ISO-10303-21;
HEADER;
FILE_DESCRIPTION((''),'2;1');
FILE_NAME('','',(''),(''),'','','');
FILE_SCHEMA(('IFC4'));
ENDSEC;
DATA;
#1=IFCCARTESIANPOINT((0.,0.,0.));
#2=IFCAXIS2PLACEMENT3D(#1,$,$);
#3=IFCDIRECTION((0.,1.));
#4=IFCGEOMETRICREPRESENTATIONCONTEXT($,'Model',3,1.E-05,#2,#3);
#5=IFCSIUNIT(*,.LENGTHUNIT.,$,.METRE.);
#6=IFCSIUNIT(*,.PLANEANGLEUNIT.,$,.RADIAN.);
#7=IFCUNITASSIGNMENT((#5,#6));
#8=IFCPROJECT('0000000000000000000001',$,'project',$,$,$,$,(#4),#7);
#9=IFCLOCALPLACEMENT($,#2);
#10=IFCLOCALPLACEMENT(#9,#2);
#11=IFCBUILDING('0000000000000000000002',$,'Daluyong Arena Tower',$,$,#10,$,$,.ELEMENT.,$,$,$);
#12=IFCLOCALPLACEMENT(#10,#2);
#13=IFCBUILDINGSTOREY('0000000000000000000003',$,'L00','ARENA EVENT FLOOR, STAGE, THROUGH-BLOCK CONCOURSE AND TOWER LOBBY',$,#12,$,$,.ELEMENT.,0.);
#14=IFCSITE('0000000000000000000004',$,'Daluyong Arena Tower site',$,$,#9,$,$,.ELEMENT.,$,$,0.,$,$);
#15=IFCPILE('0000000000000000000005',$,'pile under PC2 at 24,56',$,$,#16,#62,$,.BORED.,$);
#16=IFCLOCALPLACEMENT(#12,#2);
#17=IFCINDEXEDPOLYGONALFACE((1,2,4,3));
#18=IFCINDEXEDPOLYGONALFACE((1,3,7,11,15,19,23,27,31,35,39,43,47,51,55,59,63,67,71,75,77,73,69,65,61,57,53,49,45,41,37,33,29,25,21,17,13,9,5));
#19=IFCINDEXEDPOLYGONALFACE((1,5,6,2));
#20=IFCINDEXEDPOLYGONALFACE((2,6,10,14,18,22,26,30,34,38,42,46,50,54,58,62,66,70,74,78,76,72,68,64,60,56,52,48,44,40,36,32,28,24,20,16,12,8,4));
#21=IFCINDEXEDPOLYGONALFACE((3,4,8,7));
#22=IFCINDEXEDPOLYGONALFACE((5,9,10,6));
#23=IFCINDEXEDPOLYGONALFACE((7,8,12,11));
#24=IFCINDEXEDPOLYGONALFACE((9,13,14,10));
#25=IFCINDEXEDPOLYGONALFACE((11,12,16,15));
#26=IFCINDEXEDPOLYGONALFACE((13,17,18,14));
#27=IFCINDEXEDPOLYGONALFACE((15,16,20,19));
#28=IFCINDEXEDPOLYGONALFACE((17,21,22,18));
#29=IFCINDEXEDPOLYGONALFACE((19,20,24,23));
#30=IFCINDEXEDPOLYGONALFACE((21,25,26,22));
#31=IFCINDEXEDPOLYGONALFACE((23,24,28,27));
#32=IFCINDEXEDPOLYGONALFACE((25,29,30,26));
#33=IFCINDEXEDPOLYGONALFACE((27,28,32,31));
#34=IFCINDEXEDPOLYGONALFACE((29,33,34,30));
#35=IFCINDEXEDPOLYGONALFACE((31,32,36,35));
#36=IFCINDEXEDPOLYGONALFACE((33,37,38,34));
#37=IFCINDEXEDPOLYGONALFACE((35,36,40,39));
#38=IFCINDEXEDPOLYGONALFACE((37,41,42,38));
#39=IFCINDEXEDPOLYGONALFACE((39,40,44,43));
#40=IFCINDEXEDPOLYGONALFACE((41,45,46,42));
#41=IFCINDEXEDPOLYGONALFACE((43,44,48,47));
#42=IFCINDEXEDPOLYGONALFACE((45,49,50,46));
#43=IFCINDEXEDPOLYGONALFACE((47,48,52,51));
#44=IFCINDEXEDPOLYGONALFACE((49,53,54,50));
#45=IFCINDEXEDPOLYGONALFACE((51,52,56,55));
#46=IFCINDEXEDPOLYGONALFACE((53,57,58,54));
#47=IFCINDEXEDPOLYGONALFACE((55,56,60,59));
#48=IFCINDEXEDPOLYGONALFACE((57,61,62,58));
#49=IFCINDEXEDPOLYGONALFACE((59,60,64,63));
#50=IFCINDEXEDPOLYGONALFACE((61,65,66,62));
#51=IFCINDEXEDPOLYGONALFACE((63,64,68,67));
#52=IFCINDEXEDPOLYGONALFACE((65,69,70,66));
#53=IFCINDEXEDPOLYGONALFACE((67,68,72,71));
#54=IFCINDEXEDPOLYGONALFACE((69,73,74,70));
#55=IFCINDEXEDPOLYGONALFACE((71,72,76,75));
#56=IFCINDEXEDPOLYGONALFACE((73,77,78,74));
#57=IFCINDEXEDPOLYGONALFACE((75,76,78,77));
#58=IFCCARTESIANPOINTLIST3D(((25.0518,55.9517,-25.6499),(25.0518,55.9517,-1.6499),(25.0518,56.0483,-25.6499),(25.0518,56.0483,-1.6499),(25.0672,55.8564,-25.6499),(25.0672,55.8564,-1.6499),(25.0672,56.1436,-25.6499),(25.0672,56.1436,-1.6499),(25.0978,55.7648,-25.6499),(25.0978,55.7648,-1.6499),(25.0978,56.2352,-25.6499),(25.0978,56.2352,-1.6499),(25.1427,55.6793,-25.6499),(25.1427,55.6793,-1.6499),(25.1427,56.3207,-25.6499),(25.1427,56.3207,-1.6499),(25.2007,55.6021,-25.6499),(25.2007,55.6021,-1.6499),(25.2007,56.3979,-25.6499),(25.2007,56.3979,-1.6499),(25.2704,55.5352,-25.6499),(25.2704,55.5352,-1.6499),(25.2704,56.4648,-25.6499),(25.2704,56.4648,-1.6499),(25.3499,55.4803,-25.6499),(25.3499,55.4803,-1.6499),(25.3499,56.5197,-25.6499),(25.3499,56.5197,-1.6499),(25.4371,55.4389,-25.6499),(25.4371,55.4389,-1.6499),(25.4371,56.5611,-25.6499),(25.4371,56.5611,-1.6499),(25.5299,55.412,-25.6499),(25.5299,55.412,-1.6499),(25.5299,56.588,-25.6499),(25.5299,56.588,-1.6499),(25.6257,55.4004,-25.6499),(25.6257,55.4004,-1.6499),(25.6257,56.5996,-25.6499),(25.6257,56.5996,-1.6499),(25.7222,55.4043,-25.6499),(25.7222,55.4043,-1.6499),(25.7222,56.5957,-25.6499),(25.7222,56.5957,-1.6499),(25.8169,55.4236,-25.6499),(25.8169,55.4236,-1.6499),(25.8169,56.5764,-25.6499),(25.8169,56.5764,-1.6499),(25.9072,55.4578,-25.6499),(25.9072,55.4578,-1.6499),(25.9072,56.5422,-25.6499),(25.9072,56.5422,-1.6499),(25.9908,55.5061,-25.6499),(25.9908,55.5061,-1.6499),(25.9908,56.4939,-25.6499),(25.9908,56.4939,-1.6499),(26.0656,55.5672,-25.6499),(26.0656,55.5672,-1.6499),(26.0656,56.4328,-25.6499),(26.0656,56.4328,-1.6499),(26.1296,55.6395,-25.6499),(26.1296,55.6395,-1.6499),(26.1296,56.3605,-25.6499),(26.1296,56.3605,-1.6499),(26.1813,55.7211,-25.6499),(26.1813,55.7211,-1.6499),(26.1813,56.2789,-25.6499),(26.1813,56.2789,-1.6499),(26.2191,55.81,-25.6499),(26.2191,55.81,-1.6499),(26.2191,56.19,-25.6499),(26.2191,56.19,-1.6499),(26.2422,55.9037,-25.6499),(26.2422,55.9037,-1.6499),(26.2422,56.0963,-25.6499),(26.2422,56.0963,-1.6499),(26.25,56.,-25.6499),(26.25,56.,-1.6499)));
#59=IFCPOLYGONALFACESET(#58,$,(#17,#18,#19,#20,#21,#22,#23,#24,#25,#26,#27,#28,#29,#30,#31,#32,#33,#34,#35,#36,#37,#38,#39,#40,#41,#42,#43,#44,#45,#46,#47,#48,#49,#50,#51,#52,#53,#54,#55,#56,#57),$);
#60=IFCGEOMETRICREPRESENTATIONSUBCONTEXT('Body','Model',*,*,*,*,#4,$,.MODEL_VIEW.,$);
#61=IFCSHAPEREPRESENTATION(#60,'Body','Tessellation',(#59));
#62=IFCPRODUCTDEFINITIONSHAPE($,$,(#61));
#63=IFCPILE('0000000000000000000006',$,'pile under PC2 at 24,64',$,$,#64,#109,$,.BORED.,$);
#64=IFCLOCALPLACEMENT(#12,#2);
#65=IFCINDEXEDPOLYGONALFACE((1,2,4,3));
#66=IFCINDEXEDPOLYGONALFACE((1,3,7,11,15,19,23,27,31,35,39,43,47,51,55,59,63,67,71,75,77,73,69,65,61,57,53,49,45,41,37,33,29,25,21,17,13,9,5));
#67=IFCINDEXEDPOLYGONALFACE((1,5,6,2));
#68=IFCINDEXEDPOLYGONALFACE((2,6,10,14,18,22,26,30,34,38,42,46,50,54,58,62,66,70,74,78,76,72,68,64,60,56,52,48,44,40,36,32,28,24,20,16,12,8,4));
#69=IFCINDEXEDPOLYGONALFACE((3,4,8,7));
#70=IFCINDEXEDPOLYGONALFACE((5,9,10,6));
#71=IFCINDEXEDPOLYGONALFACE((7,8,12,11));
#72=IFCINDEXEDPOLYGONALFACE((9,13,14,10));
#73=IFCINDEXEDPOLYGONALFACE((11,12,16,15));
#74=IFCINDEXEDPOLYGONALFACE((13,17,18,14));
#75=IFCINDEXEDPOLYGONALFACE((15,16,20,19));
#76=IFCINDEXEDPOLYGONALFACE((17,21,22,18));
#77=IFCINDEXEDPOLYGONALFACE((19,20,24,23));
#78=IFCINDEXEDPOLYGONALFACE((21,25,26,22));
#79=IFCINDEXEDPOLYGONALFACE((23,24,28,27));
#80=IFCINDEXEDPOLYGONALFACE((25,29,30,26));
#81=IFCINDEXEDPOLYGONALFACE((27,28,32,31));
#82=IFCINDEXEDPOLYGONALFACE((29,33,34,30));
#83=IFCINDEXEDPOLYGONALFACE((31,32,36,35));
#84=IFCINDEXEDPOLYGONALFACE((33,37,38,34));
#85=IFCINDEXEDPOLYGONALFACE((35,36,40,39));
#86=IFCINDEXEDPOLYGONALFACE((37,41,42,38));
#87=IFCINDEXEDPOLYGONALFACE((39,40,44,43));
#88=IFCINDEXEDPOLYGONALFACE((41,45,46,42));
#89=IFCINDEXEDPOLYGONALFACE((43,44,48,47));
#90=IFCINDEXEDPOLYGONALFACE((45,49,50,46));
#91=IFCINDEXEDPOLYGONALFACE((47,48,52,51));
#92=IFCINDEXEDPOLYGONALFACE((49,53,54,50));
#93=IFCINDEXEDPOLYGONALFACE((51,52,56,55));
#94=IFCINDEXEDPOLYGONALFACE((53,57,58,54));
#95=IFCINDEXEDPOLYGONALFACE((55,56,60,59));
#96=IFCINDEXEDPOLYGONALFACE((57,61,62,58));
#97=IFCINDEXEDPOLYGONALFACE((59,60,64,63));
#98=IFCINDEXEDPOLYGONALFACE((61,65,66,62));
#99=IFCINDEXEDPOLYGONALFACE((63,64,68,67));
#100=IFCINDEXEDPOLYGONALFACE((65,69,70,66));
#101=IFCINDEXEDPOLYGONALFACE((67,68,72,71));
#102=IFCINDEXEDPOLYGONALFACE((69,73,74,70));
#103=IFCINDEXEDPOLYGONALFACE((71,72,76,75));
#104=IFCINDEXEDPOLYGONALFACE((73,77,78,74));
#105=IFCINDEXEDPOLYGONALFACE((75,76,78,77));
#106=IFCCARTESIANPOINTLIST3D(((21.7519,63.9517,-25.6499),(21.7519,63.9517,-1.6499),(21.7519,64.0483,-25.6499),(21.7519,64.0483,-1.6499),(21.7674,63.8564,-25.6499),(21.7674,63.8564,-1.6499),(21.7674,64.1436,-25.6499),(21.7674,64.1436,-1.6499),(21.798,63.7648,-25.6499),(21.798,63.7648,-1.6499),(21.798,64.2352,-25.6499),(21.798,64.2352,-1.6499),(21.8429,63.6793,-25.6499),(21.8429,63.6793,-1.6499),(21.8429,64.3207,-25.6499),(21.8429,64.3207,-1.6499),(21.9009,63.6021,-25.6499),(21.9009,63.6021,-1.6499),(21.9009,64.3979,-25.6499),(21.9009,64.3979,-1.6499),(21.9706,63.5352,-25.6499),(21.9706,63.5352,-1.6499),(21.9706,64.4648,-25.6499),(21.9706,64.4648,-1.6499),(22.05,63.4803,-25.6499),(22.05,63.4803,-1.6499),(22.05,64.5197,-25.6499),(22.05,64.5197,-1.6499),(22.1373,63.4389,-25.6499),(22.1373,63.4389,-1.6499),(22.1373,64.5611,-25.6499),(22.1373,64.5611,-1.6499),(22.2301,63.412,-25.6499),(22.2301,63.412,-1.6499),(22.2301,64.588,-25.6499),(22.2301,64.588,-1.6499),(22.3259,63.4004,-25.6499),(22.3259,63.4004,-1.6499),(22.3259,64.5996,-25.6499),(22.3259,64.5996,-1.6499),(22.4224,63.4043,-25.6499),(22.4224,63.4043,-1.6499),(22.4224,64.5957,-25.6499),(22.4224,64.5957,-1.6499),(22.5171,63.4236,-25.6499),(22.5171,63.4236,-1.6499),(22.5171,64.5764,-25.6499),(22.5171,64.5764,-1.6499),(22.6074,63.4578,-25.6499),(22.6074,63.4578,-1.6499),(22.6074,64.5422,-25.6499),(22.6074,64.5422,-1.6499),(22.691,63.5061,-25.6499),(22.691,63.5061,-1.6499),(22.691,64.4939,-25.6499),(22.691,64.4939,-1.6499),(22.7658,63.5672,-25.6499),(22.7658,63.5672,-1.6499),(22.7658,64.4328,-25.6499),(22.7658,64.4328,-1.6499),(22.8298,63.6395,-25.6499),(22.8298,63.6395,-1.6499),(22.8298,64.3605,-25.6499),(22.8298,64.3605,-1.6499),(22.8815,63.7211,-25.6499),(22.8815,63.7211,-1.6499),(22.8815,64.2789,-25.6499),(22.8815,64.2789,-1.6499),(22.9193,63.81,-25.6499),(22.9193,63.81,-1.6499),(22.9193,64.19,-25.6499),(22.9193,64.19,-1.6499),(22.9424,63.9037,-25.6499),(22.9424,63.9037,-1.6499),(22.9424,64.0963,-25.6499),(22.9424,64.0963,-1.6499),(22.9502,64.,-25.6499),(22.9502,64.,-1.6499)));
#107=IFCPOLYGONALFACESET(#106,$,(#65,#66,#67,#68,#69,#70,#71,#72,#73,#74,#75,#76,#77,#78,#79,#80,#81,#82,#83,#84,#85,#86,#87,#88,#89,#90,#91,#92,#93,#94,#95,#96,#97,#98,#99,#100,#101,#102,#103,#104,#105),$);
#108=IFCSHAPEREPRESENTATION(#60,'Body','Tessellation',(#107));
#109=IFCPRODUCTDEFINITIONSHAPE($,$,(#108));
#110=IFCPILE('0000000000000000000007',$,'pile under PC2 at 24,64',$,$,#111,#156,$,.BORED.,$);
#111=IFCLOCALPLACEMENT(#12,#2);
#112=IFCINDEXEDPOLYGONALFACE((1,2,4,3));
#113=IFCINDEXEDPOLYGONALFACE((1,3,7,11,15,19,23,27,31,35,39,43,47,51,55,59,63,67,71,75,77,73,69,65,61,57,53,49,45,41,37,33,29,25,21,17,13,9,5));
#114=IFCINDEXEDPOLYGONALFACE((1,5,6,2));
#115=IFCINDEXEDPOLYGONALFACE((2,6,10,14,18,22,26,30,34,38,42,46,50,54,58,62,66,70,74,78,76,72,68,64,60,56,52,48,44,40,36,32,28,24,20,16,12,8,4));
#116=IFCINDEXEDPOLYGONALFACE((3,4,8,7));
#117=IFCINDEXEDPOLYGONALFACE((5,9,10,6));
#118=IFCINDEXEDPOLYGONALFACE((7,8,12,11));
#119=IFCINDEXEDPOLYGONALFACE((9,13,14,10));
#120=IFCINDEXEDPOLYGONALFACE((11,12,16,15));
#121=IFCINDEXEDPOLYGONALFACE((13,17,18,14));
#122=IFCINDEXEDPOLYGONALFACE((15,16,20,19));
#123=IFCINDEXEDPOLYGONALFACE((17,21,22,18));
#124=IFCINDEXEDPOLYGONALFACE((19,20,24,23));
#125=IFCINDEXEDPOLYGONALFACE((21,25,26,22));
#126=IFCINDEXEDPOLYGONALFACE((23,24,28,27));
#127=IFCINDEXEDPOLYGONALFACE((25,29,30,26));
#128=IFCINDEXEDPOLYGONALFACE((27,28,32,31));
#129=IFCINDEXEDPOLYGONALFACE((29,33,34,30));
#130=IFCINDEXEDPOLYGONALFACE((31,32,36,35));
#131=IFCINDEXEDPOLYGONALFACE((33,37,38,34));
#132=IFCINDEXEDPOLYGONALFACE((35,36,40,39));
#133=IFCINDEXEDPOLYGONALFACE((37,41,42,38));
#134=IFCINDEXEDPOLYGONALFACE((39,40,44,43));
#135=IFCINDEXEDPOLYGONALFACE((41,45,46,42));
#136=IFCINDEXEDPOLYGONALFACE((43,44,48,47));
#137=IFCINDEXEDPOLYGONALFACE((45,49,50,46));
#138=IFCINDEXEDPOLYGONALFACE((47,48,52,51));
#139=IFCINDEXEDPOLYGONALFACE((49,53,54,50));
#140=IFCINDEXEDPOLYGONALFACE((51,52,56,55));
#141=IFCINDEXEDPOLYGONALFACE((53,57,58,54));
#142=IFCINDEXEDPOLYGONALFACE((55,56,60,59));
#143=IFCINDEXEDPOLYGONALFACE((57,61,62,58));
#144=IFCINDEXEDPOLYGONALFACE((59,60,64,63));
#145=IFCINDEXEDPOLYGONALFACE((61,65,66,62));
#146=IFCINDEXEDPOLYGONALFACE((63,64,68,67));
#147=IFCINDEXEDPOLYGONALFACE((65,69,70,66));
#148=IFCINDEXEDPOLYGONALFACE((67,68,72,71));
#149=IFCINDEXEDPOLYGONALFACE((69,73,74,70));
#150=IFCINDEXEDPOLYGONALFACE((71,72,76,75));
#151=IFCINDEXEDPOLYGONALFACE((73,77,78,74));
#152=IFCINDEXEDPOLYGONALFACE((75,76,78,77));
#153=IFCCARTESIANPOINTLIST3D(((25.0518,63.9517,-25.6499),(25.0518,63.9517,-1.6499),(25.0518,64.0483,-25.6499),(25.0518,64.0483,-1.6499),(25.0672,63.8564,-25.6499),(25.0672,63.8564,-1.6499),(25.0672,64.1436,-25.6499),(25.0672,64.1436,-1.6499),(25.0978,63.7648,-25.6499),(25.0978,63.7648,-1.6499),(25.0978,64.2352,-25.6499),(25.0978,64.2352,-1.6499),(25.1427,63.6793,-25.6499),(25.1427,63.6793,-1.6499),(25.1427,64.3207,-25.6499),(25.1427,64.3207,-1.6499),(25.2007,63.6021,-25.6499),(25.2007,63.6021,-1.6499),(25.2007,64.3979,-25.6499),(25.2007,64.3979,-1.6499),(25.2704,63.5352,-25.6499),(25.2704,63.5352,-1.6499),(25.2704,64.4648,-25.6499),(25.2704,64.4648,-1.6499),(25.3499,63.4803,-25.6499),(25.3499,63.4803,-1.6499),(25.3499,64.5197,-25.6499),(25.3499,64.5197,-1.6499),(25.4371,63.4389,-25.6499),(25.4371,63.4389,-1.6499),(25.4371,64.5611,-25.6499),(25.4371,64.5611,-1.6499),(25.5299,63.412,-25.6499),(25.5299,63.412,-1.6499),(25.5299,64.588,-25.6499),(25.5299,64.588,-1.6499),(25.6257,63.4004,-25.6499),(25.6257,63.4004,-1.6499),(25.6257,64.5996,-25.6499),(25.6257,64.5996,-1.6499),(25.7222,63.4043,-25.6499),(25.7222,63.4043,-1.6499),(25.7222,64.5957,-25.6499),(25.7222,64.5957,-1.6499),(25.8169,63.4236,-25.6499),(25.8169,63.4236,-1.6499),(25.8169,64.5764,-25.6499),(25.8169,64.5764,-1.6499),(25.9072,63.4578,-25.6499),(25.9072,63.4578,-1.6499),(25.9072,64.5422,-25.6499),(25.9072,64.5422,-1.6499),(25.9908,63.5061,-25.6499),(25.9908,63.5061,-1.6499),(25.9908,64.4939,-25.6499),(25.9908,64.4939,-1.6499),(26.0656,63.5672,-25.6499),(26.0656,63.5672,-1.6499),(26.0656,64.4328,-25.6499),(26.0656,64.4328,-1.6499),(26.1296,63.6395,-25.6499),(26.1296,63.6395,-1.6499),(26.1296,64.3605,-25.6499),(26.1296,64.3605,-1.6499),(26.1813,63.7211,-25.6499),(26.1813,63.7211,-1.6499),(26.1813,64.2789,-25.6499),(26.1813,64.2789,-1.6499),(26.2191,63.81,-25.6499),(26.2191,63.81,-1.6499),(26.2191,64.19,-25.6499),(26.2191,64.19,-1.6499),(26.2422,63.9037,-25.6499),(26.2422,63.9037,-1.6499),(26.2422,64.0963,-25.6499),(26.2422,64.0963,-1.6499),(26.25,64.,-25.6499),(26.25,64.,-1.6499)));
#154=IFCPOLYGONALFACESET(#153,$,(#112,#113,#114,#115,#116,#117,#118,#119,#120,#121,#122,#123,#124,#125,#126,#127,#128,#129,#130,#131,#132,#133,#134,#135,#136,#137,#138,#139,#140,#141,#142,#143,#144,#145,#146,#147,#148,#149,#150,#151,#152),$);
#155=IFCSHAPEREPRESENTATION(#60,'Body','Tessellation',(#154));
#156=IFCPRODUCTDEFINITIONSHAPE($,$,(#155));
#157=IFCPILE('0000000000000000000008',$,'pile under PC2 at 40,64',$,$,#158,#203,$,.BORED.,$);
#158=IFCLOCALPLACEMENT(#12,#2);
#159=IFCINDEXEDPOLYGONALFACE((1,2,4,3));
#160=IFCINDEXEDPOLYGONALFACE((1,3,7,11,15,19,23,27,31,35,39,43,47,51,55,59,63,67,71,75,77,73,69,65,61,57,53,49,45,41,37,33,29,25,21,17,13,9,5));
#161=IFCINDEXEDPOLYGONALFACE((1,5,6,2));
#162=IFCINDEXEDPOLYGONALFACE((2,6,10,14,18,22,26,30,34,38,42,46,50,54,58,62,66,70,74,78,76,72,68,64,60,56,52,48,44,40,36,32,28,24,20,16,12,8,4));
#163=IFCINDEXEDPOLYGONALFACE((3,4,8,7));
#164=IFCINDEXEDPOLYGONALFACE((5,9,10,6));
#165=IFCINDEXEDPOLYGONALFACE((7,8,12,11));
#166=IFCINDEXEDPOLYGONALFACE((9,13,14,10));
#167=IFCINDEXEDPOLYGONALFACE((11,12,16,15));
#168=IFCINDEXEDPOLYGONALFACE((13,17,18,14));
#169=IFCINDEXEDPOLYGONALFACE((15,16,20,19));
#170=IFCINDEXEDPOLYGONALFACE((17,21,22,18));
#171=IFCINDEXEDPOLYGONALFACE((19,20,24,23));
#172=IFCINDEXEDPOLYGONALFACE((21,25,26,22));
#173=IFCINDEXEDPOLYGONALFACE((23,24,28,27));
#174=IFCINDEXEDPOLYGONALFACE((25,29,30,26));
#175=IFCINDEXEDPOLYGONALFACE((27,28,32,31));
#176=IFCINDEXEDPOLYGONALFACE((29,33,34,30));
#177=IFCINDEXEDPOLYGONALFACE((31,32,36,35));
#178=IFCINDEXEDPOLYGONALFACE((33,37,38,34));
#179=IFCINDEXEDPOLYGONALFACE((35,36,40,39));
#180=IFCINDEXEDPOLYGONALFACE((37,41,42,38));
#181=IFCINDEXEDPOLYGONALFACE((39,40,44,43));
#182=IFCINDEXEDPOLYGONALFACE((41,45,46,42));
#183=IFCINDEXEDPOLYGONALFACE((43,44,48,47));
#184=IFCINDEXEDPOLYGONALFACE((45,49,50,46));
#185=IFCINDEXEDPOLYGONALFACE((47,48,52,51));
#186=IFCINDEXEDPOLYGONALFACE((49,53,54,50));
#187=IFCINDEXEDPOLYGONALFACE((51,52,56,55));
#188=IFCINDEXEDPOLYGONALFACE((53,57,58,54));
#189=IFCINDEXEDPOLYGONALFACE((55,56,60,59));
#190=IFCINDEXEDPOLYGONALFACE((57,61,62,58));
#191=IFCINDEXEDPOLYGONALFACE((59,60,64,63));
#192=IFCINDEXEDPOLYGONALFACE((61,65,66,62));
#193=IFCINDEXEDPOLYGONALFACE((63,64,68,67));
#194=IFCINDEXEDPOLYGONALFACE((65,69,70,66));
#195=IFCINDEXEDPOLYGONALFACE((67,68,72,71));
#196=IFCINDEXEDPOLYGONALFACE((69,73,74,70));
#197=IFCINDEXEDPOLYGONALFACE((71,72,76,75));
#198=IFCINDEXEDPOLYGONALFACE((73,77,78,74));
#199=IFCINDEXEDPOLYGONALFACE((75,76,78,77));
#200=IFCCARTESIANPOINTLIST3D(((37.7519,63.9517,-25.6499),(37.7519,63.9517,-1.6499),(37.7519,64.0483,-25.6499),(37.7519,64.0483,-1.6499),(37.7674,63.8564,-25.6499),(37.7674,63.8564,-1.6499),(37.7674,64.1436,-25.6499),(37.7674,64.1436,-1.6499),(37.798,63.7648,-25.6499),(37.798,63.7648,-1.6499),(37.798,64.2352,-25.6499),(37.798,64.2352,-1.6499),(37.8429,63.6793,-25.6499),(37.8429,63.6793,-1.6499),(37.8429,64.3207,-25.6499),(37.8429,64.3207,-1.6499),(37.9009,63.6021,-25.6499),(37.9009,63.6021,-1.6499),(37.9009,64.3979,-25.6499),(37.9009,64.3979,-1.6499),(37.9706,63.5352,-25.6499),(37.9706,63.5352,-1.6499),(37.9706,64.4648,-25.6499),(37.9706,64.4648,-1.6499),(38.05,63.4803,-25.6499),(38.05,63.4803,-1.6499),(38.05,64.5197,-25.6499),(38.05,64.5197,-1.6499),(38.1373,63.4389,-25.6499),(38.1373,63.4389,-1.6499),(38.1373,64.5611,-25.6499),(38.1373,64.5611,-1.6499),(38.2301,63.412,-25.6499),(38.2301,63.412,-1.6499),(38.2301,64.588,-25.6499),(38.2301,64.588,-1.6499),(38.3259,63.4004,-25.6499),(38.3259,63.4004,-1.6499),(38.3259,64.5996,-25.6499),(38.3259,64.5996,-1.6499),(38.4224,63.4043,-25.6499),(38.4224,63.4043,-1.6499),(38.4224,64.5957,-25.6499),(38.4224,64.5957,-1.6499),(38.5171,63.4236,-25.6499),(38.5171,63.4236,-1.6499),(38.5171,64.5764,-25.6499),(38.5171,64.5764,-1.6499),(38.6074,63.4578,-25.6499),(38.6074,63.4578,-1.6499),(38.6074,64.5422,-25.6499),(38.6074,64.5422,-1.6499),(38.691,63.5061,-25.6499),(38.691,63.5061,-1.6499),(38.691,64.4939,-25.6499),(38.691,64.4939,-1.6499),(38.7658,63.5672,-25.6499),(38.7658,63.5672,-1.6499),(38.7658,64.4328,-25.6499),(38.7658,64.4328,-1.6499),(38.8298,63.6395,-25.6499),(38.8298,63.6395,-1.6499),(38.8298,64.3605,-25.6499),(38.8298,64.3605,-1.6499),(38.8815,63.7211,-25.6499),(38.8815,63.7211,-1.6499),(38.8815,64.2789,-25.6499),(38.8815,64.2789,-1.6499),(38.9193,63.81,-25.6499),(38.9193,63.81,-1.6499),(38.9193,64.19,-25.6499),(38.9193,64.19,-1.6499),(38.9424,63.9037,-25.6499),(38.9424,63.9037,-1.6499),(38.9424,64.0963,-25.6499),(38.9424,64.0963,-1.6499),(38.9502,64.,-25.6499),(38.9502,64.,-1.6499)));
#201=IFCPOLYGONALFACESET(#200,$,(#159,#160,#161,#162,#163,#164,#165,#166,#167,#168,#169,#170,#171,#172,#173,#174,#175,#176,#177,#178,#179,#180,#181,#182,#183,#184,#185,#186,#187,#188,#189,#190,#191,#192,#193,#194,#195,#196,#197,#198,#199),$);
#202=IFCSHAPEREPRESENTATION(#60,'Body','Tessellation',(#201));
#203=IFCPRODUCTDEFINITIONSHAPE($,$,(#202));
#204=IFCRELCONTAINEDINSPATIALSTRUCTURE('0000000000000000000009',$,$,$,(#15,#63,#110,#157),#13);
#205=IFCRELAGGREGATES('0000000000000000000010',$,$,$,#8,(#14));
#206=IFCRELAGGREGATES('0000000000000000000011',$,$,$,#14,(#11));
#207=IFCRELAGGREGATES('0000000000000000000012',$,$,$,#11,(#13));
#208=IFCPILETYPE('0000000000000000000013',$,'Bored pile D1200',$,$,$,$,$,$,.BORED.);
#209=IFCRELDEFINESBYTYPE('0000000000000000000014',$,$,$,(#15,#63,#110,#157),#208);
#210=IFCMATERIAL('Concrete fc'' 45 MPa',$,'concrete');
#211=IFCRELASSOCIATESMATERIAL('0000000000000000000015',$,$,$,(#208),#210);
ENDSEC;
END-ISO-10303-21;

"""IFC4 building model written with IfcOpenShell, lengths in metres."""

from ifc_helpers import new_model, si_unit, direction, frame, origin, origin_2d, place, context, subcontext, project, spatial, circle, extrude, material, type_object, element, save


model = new_model("IFC4")

# Units and contexts
model_context = context("Model", 3, precision=1e-05, world=origin(), true_north=direction((0.0, 1.0)))
body_context = subcontext(model_context, "Body", "Model", "MODEL_VIEW")
ifc_project = project(units=[si_unit("LENGTHUNIT", "METRE"), si_unit("PLANEANGLEUNIT", "RADIAN")], contexts=[model_context])

# Site, building, storey
site_placement = place(None, origin())
site = spatial("IfcSite", under=ifc_project, at=site_placement, Name="Daluyong Arena Tower site", CompositionType="ELEMENT", RefElevation=0.0)
building_placement = place(site_placement, origin())
building = spatial("IfcBuilding", under=site, at=building_placement, Name="Daluyong Arena Tower", CompositionType="ELEMENT")
storey_placement = place(building_placement, origin())
storey = spatial("IfcBuildingStorey", under=building, at=storey_placement, Name="L00", Description="ARENA EVENT FLOOR, STAGE, THROUGH-BLOCK CONCOURSE AND TOWER LOBBY", CompositionType="ELEMENT", Elevation=0.0)

# Piles
ifc_material_1 = material(Name="Concrete fc' 45 MPa", Category="concrete")
pile_type_1 = type_object("IfcPileType", Name="Bored pile D1200", PredefinedType="BORED", material=ifc_material_1)
for number, where, z_axis, x_axis, name in (
    (1, (25.6499, 56.0, -1.6499), (0.0, 0.0, -1.0), (1.0, 0.0, 0.0), "pile under PC2 at 24,56"),
    (2, (22.3501, 64.0, -1.6499), (0.0, 0.0, -1.0), (1.0, 0.0, 0.0), "pile under PC2 at 24,64"),
    (3, (25.6499, 64.0, -1.6499), (0.0, 0.0, -1.0), (1.0, 0.0, 0.0), "pile under PC2 at 24,64"),
    (4, (38.3501, 64.0, -1.6499), (0.0, 0.0, -1.0), (1.0, 0.0, 0.0), "pile under PC2 at 40,64"),
):
    element("IfcPile", number, at=place(storey_placement, frame(where, z_axis=z_axis, x_axis=x_axis)), inside=storey, type_object=pile_type_1, Name=name, PredefinedType="BORED", context=body_context, shape_type="SweptSolid", body=[
        extrude(circle(Radius=0.6001, at=origin_2d()), origin(), (0.0, 0.0, 1.0), 24.0),
    ])

save(model, "model.ifc")
